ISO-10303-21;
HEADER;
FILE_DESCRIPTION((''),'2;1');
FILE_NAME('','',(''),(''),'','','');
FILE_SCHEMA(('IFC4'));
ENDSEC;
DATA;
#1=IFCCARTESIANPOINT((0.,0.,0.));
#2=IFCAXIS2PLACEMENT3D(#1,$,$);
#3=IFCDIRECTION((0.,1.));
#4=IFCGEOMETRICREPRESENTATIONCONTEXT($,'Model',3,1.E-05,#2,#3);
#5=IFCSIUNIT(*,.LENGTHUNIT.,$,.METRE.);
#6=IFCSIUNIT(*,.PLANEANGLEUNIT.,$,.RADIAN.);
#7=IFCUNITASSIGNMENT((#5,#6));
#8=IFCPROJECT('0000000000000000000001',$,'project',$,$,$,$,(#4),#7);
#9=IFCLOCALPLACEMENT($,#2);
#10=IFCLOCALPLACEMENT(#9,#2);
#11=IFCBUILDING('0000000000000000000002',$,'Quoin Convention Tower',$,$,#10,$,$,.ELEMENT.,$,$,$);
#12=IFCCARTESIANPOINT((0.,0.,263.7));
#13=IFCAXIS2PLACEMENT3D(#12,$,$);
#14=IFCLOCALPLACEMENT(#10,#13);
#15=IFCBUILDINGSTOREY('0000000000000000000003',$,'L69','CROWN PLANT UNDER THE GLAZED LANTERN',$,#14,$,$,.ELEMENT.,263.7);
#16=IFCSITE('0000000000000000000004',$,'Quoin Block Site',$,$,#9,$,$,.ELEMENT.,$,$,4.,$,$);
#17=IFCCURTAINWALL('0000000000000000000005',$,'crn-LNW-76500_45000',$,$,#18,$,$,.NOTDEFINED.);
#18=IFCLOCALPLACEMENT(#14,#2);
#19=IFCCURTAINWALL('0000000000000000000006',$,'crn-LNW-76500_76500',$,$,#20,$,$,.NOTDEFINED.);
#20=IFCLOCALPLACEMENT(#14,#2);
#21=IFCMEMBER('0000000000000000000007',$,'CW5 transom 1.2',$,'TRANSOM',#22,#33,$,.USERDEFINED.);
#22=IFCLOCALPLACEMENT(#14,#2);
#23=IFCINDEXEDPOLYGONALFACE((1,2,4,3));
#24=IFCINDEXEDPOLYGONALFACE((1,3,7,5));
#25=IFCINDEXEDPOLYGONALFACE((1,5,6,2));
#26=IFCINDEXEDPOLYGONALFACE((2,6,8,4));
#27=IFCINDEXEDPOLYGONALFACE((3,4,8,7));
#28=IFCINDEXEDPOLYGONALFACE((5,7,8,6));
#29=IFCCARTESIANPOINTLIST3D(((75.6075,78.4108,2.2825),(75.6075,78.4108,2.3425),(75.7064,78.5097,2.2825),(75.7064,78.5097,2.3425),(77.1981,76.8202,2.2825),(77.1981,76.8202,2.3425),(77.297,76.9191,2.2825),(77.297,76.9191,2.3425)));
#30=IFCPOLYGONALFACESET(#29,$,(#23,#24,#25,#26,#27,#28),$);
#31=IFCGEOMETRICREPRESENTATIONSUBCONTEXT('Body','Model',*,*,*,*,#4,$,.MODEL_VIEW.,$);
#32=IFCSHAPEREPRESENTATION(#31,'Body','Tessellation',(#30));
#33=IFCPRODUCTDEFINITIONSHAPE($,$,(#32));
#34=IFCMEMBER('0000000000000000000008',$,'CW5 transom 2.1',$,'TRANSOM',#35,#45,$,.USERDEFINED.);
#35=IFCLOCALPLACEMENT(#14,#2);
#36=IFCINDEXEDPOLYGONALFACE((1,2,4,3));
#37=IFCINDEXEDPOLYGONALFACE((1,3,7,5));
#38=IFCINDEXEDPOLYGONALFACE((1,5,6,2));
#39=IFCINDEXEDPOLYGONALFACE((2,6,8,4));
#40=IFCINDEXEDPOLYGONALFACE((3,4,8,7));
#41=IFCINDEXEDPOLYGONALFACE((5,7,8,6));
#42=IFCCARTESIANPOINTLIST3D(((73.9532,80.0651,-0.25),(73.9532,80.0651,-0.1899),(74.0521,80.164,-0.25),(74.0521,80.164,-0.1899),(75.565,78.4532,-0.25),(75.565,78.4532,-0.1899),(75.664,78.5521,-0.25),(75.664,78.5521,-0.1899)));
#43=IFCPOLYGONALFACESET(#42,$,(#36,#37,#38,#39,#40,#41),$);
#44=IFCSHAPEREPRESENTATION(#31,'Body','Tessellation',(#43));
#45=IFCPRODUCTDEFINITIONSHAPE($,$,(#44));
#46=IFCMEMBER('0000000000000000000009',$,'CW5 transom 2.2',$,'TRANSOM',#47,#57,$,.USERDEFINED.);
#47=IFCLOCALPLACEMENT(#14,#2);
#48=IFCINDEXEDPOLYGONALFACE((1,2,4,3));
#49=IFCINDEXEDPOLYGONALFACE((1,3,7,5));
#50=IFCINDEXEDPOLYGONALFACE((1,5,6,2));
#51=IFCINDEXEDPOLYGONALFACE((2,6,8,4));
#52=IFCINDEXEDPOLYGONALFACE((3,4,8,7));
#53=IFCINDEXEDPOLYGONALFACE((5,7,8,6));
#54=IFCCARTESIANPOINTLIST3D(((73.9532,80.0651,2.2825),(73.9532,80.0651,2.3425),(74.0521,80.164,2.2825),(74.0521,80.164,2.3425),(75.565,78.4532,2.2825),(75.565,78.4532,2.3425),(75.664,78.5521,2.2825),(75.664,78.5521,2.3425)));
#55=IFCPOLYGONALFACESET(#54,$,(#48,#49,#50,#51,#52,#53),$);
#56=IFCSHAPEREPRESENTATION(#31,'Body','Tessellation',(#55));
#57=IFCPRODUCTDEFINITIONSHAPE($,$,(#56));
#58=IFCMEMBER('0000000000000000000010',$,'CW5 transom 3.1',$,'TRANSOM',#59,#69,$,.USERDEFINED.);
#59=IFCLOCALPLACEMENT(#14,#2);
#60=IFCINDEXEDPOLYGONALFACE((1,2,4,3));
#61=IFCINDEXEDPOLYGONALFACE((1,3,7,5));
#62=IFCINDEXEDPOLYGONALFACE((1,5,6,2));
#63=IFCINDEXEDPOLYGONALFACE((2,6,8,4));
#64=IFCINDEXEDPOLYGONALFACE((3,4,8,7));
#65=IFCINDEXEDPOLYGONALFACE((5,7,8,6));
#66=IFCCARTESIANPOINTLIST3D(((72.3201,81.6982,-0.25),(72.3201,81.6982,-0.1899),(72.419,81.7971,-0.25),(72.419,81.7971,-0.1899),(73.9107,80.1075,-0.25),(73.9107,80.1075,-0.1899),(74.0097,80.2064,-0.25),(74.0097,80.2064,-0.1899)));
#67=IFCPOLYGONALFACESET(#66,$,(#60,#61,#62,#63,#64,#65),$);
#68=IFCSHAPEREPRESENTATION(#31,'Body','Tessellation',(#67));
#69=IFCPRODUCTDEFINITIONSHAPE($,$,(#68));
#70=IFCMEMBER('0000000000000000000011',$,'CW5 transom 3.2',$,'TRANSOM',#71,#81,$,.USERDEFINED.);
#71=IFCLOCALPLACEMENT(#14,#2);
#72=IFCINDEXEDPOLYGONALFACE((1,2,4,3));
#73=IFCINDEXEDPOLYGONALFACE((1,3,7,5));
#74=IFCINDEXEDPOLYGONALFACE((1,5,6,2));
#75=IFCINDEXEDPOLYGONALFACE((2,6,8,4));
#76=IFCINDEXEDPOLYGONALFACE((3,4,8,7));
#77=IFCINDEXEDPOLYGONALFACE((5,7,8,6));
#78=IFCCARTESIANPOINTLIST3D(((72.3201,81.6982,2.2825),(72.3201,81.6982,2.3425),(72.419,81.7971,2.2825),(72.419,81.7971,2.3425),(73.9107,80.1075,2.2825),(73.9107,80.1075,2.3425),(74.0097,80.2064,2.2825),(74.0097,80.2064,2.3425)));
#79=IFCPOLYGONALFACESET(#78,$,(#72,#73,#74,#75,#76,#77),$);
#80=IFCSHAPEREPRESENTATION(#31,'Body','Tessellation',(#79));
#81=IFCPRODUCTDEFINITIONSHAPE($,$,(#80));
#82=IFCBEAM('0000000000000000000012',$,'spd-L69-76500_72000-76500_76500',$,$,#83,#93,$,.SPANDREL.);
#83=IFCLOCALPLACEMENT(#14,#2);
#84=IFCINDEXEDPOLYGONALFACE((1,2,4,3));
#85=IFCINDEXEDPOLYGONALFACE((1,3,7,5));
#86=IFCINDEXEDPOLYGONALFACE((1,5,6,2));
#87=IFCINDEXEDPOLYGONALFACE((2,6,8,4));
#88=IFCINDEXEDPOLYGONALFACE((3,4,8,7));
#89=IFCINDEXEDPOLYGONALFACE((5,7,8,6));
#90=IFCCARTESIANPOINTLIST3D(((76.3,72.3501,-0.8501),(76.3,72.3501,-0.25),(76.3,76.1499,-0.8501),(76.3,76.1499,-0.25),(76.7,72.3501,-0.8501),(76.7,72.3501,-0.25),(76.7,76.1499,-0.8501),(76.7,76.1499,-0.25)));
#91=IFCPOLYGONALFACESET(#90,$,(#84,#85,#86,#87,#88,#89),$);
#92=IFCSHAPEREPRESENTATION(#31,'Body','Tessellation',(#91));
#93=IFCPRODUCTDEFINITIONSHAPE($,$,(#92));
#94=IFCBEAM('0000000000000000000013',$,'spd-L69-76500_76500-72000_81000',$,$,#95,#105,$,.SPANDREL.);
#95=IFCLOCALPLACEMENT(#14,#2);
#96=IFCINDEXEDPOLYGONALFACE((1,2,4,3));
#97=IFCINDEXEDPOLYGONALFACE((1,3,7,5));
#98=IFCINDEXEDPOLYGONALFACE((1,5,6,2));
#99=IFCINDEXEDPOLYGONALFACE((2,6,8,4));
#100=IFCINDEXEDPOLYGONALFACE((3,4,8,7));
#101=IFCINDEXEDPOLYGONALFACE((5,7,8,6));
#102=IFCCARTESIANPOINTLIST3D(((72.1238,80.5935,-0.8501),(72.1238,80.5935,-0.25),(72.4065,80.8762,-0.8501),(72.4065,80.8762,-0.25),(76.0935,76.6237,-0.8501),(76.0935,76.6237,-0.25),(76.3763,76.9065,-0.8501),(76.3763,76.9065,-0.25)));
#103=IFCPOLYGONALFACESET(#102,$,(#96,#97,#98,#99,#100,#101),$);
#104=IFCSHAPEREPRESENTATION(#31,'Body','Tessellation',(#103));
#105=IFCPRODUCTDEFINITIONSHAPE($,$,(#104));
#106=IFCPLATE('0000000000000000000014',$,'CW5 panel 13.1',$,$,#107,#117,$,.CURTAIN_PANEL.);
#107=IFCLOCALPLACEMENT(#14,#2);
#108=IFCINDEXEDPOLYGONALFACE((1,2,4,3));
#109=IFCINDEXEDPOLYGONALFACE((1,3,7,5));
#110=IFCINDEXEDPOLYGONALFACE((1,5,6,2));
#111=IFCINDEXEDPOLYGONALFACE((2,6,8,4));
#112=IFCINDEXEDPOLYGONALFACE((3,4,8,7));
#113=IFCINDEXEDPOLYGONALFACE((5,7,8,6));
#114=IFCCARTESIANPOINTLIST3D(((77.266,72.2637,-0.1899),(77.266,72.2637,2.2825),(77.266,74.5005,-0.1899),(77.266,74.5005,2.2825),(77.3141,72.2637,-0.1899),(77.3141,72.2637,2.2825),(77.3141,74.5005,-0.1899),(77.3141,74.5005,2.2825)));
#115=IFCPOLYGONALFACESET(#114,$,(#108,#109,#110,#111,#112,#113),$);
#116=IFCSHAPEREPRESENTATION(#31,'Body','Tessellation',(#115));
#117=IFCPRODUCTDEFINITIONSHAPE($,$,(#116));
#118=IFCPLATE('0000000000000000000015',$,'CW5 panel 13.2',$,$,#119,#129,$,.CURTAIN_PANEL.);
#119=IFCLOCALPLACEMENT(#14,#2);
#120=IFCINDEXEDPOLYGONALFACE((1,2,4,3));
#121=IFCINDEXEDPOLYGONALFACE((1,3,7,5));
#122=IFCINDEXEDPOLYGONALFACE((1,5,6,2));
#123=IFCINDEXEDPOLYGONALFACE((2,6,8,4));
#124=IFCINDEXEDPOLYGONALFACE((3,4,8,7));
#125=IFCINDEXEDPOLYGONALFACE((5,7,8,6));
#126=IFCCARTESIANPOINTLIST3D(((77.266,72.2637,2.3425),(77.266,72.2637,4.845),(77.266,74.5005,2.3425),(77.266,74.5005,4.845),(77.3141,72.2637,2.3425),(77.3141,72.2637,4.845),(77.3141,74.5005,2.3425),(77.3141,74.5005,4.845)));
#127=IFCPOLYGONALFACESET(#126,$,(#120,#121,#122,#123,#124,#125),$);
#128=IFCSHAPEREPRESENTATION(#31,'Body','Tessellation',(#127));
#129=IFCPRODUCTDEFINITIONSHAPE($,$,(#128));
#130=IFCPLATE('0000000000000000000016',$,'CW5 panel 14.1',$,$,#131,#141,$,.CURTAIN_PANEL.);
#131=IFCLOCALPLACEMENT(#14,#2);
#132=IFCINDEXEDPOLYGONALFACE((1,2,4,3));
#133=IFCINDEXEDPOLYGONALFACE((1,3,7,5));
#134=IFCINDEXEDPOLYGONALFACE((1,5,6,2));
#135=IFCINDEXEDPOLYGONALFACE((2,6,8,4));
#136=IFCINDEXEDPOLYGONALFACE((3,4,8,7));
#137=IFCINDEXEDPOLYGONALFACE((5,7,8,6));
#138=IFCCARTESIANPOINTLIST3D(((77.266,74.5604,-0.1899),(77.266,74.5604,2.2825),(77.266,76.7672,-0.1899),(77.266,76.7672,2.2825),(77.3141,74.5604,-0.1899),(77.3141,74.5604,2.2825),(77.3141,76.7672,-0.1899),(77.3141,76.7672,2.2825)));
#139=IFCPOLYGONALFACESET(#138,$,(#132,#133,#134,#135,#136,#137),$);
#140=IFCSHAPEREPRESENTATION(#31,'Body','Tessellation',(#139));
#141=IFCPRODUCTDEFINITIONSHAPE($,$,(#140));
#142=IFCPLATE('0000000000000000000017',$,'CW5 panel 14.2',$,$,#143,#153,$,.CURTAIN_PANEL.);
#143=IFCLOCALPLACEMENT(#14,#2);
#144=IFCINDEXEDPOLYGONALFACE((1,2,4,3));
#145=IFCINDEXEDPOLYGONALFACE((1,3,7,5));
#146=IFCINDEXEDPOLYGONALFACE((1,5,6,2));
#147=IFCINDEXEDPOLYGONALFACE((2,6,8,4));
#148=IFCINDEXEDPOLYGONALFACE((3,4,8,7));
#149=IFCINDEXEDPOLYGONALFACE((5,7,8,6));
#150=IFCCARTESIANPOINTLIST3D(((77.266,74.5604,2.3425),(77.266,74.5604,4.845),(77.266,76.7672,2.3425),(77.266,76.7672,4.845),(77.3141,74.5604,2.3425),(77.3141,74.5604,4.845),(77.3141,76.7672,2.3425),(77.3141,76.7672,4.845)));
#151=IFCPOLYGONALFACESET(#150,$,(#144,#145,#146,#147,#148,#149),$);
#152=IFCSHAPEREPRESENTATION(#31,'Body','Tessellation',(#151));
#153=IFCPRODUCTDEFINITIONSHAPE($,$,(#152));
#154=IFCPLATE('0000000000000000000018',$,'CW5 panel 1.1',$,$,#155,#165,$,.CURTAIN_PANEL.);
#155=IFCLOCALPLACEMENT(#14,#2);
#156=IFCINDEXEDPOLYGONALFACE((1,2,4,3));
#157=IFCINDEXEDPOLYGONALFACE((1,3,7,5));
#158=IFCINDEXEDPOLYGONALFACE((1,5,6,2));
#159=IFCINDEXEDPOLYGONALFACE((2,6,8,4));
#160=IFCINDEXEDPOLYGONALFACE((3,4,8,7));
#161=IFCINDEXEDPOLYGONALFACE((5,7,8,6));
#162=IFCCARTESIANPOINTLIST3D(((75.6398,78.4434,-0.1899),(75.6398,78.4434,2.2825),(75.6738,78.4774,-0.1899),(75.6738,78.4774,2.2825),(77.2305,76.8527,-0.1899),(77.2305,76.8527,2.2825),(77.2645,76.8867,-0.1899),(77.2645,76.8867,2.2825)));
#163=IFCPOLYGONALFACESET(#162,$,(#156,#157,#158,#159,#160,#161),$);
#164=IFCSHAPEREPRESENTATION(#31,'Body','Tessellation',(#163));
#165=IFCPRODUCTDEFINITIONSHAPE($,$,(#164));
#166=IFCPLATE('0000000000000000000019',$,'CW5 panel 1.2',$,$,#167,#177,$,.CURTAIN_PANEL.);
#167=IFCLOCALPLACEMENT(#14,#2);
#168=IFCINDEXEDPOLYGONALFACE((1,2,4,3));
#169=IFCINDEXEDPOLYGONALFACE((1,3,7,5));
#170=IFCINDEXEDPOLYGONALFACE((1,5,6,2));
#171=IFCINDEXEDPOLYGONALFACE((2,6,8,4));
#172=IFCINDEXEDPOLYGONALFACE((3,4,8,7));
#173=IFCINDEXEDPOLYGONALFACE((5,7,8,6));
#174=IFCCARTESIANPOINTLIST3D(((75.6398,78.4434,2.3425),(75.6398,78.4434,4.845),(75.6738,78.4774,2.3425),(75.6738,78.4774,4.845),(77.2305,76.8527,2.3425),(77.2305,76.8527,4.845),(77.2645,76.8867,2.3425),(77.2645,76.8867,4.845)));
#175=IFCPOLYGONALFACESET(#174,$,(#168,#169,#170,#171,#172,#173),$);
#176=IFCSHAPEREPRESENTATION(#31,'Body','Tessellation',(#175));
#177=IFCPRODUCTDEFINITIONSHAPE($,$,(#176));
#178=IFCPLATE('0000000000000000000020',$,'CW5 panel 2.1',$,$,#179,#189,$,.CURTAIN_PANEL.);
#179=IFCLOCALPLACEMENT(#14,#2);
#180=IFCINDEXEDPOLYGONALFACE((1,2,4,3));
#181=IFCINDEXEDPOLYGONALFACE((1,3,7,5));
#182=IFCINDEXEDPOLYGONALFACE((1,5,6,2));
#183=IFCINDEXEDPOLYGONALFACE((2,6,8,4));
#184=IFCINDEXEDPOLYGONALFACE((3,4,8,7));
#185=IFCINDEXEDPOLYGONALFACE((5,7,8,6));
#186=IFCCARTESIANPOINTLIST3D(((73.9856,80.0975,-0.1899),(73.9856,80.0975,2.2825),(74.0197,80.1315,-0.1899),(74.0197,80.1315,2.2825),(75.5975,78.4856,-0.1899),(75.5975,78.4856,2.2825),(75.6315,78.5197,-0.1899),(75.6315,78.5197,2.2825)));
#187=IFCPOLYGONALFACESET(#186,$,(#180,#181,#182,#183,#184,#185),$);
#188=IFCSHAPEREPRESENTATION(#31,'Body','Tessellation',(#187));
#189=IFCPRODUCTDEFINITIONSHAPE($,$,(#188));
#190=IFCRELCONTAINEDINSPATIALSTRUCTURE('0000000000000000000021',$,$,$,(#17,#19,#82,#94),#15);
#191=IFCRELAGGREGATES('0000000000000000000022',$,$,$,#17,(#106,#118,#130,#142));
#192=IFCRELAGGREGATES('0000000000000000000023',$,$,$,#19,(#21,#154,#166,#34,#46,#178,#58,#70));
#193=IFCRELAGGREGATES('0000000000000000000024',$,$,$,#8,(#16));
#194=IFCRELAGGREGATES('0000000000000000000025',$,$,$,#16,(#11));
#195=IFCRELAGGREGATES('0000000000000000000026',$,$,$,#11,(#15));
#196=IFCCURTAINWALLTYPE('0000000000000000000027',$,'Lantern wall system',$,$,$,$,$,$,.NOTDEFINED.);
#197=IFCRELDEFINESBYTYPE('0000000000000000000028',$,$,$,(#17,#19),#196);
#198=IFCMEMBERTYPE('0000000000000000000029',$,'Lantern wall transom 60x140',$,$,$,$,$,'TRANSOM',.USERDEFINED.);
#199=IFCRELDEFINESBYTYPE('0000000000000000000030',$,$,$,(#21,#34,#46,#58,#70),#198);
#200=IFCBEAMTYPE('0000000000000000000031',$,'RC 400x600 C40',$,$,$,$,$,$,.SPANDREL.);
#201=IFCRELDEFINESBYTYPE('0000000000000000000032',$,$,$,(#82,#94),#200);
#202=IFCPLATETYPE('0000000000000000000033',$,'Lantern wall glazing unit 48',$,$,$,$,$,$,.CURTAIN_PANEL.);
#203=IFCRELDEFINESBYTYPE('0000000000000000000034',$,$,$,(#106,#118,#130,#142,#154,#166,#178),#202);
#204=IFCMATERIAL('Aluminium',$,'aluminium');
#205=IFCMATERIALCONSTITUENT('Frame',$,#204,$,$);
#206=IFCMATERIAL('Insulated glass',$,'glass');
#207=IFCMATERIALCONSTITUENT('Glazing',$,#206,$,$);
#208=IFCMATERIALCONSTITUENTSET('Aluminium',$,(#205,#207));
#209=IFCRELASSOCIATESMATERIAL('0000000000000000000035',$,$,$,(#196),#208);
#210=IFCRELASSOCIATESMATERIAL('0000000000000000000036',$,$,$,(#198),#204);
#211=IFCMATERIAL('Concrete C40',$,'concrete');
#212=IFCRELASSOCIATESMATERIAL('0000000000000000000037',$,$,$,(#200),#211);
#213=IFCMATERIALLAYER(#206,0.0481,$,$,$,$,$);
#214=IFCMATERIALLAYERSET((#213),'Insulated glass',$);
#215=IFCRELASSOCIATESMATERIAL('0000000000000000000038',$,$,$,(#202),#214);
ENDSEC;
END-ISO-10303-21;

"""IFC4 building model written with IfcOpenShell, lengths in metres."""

from ifc_helpers import new_model, si_unit, direction, frame, origin, origin_2d, place, context, subcontext, project, spatial, rectangle, extrude, material, layer, layer_set, constituent, constituent_set, material_profile, profile_set, type_object, element, aggregate, save


model = new_model("IFC4")

# Units and contexts
model_context = context("Model", 3, precision=1e-05, world=origin(), true_north=direction((0.0, 1.0)))
body_context = subcontext(model_context, "Body", "Model", "MODEL_VIEW")
ifc_project = project(units=[si_unit("LENGTHUNIT", "METRE"), si_unit("PLANEANGLEUNIT", "RADIAN")], contexts=[model_context])

# Site, building, storey
site_placement = place(None, origin())
site = spatial("IfcSite", under=ifc_project, at=site_placement, Name="Quoin Block Site", CompositionType="ELEMENT", RefElevation=4.0)
building_placement = place(site_placement, origin())
building = spatial("IfcBuilding", under=site, at=building_placement, Name="Quoin Convention Tower", CompositionType="ELEMENT")
storey_placement = place(building_placement, frame((0.0, 0.0, 263.7)))
storey = spatial("IfcBuildingStorey", under=building, at=storey_placement, Name="L69", Description="CROWN PLANT UNDER THE GLAZED LANTERN", CompositionType="ELEMENT", Elevation=263.7)

# Shared definitions
ifc_material_1 = material(Name="Concrete C40", Category="concrete")

# Curtain walls
ifc_material_2 = material(Name="Aluminium", Category="aluminium")
ifc_constituent_1 = constituent(ifc_material_2, Name="Frame")
ifc_material_3 = material(Name="Insulated glass", Category="glass")
ifc_constituent_2 = constituent(ifc_material_3, Name="Glazing")
ifc_constituent_set = constituent_set(constituents=[ifc_constituent_1, ifc_constituent_2], Name="Aluminium")
curtain_wall_type = type_object("IfcCurtainWallType", Name="Lantern wall system", PredefinedType="NOTDEFINED", material=ifc_constituent_set)
curtain_wall_1_placement = place(storey_placement, origin())
curtain_wall_1 = element("IfcCurtainWall", 1, at=curtain_wall_1_placement, inside=storey, type_object=curtain_wall_type, Name="crn-LNW-76500_45000", PredefinedType="NOTDEFINED")
curtain_wall_2_placement = place(storey_placement, origin())
curtain_wall_2 = element("IfcCurtainWall", 2, at=curtain_wall_2_placement, inside=storey, type_object=curtain_wall_type, Name="crn-LNW-76500_76500", PredefinedType="NOTDEFINED")

# Members
ifc_material_profile_1 = material_profile(ifc_material_2, rectangle(XDim=0.1399, YDim=0.0601, at=origin_2d()), Name="Lantern wall transom 60x140")
ifc_profile_set_1 = profile_set([ifc_material_profile_1], Name="Aluminium")
member_type_1 = type_object("IfcMemberType", Name="Lantern wall transom 60x140", ElementType="TRANSOM", PredefinedType="USERDEFINED", material=ifc_profile_set_1)
member_1_placement = place(storey_placement, frame((77.2476, 76.8696, 2.3125), z_axis=(-0.707107, 0.707107, 0.0), x_axis=(-0.707107, -0.707107, 0.0)))
member_1 = element("IfcMember", 3, at=member_1_placement, type_object=member_type_1, Name="CW5 transom 1.2", ObjectType="TRANSOM", PredefinedType="USERDEFINED", context=body_context, shape_type="SweptSolid", body=[
    extrude(rectangle(XDim=0.1399, YDim=0.0601, at=origin_2d()), origin(), (0.0, 0.0, 1.0), 2.2495),
])
member_2_placement = place(storey_placement, frame((75.6145, 78.5027, -0.22), z_axis=(-0.707107, 0.707107, 0.0), x_axis=(-0.707107, -0.707107, 0.0)))
member_2 = element("IfcMember", 4, at=member_2_placement, type_object=member_type_1, Name="CW5 transom 2.1", ObjectType="TRANSOM", PredefinedType="USERDEFINED", context=body_context, shape_type="SweptSolid", body=[
    extrude(rectangle(XDim=0.1399, YDim=0.0601, at=origin_2d()), origin(), (0.0, 0.0, 1.0), 2.2795),
])
member_3_placement = place(storey_placement, frame((75.6145, 78.5027, 2.3125), z_axis=(-0.707107, 0.707107, 0.0), x_axis=(-0.707107, -0.707107, 0.0)))
member_3 = element("IfcMember", 5, at=member_3_placement, type_object=member_type_1, Name="CW5 transom 2.2", ObjectType="TRANSOM", PredefinedType="USERDEFINED", context=body_context, shape_type="SweptSolid", body=[
    extrude(rectangle(XDim=0.1399, YDim=0.0601, at=origin_2d()), origin(), (0.0, 0.0, 1.0), 2.2795),
])
member_4_placement = place(storey_placement, frame((73.9602, 80.157, -0.22), z_axis=(-0.707107, 0.707107, 0.0), x_axis=(-0.707107, -0.707107, 0.0)))
member_4 = element("IfcMember", 6, at=member_4_placement, type_object=member_type_1, Name="CW5 transom 3.1", ObjectType="TRANSOM", PredefinedType="USERDEFINED", context=body_context, shape_type="SweptSolid", body=[
    extrude(rectangle(XDim=0.1399, YDim=0.0601, at=origin_2d()), origin(), (0.0, 0.0, 1.0), 2.2495),
])
member_5_placement = place(storey_placement, frame((73.9602, 80.157, 2.3125), z_axis=(-0.707107, 0.707107, 0.0), x_axis=(-0.707107, -0.707107, 0.0)))
member_5 = element("IfcMember", 7, at=member_5_placement, type_object=member_type_1, Name="CW5 transom 3.2", ObjectType="TRANSOM", PredefinedType="USERDEFINED", context=body_context, shape_type="SweptSolid", body=[
    extrude(rectangle(XDim=0.1399, YDim=0.0601, at=origin_2d()), origin(), (0.0, 0.0, 1.0), 2.2495),
])

# Beams
ifc_material_profile_2 = material_profile(ifc_material_1, rectangle(XDim=0.3999, YDim=0.6001, at=origin_2d()), Name="RC 400x600")
ifc_profile_set_2 = profile_set([ifc_material_profile_2], Name="Concrete C40")
beam_type = type_object("IfcBeamType", Name="RC 400x600 C40", PredefinedType="SPANDREL", material=ifc_profile_set_2)
beam_1_placement = place(storey_placement, frame((76.5, 72.3501, -0.55), z_axis=(0.0, 1.0, 0.0), x_axis=(-1.0, 0.0, 0.0)))
element("IfcBeam", 8, at=beam_1_placement, inside=storey, type_object=beam_type, Name="spd-L69-76500_72000-76500_76500", PredefinedType="SPANDREL", context=body_context, shape_type="SweptSolid", body=[
    extrude(rectangle(XDim=0.3999, YDim=0.6001, at=origin_2d()), origin(), (0.0, 0.0, 1.0), 3.7998),
])
beam_2_placement = place(storey_placement, frame((76.2349, 76.7651, -0.55), z_axis=(-0.707107, 0.707107, 0.0), x_axis=(-0.707107, -0.707107, 0.0)))
element("IfcBeam", 9, at=beam_2_placement, inside=storey, type_object=beam_type, Name="spd-L69-76500_76500-72000_81000", PredefinedType="SPANDREL", context=body_context, shape_type="SweptSolid", body=[
    extrude(rectangle(XDim=0.3999, YDim=0.6001, at=origin_2d()), origin(), (0.0, 0.0, 1.0), 5.614),
])

# Plates
ifc_layer = layer(ifc_material_3, 0.0481)
ifc_layer_set = layer_set([ifc_layer], Name="Insulated glass")
plate_type = type_object("IfcPlateType", Name="Lantern wall glazing unit 48", PredefinedType="CURTAIN_PANEL", material=ifc_layer_set)
plate_1_placement = place(storey_placement, frame((77.29, 73.3821, -0.1899), z_axis=(0.0, 0.0, 1.0), x_axis=(0.0, 1.0, 0.0)))
plate_1 = element("IfcPlate", 10, at=plate_1_placement, type_object=plate_type, Name="CW5 panel 13.1", PredefinedType="CURTAIN_PANEL", context=body_context, shape_type="SweptSolid", body=[
    extrude(rectangle(XDim=2.2368, YDim=0.0481, at=origin_2d()), origin(), (0.0, 0.0, 1.0), 2.4724),
])
plate_2_placement = place(storey_placement, frame((77.29, 73.3821, 2.3425), z_axis=(0.0, 0.0, 1.0), x_axis=(0.0, 1.0, 0.0)))
plate_2 = element("IfcPlate", 11, at=plate_2_placement, type_object=plate_type, Name="CW5 panel 13.2", PredefinedType="CURTAIN_PANEL", context=body_context, shape_type="SweptSolid", body=[
    extrude(rectangle(XDim=2.2368, YDim=0.0481, at=origin_2d()), origin(), (0.0, 0.0, 1.0), 2.5024),
])
plate_3_placement = place(storey_placement, frame((77.29, 75.6638, -0.1899), z_axis=(0.0, 0.0, 1.0), x_axis=(0.0, 1.0, 0.0)))
plate_3 = element("IfcPlate", 12, at=plate_3_placement, type_object=plate_type, Name="CW5 panel 14.1", PredefinedType="CURTAIN_PANEL", context=body_context, shape_type="SweptSolid", body=[
    extrude(rectangle(XDim=2.2068, YDim=0.0481, at=origin_2d()), origin(), (0.0, 0.0, 1.0), 2.4724),
])
plate_4_placement = place(storey_placement, frame((77.29, 75.6638, 2.3425), z_axis=(0.0, 0.0, 1.0), x_axis=(0.0, 1.0, 0.0)))
plate_4 = element("IfcPlate", 13, at=plate_4_placement, type_object=plate_type, Name="CW5 panel 14.2", PredefinedType="CURTAIN_PANEL", context=body_context, shape_type="SweptSolid", body=[
    extrude(rectangle(XDim=2.2068, YDim=0.0481, at=origin_2d()), origin(), (0.0, 0.0, 1.0), 2.5024),
])
aggregate(curtain_wall_1, [plate_1, plate_2, plate_3, plate_4])
plate_5_placement = place(storey_placement, frame((76.4521, 77.665, -0.1899), z_axis=(0.0, 0.0, 1.0), x_axis=(-0.707107, 0.707107, 0.0)))
plate_5 = element("IfcPlate", 14, at=plate_5_placement, type_object=plate_type, Name="CW5 panel 1.1", PredefinedType="CURTAIN_PANEL", context=body_context, shape_type="SweptSolid", body=[
    extrude(rectangle(XDim=2.2495, YDim=0.0481, at=origin_2d()), origin(), (0.0, 0.0, 1.0), 2.4724),
])
plate_6_placement = place(storey_placement, frame((76.4521, 77.665, 2.3425), z_axis=(0.0, 0.0, 1.0), x_axis=(-0.707107, 0.707107, 0.0)))
plate_6 = element("IfcPlate", 15, at=plate_6_placement, type_object=plate_type, Name="CW5 panel 1.2", PredefinedType="CURTAIN_PANEL", context=body_context, shape_type="SweptSolid", body=[
    extrude(rectangle(XDim=2.2495, YDim=0.0481, at=origin_2d()), origin(), (0.0, 0.0, 1.0), 2.5024),
])
plate_7_placement = place(storey_placement, frame((74.8086, 79.3086, -0.1899), z_axis=(0.0, 0.0, 1.0), x_axis=(-0.707107, 0.707107, 0.0)))
plate_7 = element("IfcPlate", 16, at=plate_7_placement, type_object=plate_type, Name="CW5 panel 2.1", PredefinedType="CURTAIN_PANEL", context=body_context, shape_type="SweptSolid", body=[
    extrude(rectangle(XDim=2.2795, YDim=0.0481, at=origin_2d()), origin(), (0.0, 0.0, 1.0), 2.4724),
])
aggregate(curtain_wall_2, [member_1, plate_5, plate_6, member_2, member_3, plate_7, member_4, member_5])

save(model, "model.ifc")
